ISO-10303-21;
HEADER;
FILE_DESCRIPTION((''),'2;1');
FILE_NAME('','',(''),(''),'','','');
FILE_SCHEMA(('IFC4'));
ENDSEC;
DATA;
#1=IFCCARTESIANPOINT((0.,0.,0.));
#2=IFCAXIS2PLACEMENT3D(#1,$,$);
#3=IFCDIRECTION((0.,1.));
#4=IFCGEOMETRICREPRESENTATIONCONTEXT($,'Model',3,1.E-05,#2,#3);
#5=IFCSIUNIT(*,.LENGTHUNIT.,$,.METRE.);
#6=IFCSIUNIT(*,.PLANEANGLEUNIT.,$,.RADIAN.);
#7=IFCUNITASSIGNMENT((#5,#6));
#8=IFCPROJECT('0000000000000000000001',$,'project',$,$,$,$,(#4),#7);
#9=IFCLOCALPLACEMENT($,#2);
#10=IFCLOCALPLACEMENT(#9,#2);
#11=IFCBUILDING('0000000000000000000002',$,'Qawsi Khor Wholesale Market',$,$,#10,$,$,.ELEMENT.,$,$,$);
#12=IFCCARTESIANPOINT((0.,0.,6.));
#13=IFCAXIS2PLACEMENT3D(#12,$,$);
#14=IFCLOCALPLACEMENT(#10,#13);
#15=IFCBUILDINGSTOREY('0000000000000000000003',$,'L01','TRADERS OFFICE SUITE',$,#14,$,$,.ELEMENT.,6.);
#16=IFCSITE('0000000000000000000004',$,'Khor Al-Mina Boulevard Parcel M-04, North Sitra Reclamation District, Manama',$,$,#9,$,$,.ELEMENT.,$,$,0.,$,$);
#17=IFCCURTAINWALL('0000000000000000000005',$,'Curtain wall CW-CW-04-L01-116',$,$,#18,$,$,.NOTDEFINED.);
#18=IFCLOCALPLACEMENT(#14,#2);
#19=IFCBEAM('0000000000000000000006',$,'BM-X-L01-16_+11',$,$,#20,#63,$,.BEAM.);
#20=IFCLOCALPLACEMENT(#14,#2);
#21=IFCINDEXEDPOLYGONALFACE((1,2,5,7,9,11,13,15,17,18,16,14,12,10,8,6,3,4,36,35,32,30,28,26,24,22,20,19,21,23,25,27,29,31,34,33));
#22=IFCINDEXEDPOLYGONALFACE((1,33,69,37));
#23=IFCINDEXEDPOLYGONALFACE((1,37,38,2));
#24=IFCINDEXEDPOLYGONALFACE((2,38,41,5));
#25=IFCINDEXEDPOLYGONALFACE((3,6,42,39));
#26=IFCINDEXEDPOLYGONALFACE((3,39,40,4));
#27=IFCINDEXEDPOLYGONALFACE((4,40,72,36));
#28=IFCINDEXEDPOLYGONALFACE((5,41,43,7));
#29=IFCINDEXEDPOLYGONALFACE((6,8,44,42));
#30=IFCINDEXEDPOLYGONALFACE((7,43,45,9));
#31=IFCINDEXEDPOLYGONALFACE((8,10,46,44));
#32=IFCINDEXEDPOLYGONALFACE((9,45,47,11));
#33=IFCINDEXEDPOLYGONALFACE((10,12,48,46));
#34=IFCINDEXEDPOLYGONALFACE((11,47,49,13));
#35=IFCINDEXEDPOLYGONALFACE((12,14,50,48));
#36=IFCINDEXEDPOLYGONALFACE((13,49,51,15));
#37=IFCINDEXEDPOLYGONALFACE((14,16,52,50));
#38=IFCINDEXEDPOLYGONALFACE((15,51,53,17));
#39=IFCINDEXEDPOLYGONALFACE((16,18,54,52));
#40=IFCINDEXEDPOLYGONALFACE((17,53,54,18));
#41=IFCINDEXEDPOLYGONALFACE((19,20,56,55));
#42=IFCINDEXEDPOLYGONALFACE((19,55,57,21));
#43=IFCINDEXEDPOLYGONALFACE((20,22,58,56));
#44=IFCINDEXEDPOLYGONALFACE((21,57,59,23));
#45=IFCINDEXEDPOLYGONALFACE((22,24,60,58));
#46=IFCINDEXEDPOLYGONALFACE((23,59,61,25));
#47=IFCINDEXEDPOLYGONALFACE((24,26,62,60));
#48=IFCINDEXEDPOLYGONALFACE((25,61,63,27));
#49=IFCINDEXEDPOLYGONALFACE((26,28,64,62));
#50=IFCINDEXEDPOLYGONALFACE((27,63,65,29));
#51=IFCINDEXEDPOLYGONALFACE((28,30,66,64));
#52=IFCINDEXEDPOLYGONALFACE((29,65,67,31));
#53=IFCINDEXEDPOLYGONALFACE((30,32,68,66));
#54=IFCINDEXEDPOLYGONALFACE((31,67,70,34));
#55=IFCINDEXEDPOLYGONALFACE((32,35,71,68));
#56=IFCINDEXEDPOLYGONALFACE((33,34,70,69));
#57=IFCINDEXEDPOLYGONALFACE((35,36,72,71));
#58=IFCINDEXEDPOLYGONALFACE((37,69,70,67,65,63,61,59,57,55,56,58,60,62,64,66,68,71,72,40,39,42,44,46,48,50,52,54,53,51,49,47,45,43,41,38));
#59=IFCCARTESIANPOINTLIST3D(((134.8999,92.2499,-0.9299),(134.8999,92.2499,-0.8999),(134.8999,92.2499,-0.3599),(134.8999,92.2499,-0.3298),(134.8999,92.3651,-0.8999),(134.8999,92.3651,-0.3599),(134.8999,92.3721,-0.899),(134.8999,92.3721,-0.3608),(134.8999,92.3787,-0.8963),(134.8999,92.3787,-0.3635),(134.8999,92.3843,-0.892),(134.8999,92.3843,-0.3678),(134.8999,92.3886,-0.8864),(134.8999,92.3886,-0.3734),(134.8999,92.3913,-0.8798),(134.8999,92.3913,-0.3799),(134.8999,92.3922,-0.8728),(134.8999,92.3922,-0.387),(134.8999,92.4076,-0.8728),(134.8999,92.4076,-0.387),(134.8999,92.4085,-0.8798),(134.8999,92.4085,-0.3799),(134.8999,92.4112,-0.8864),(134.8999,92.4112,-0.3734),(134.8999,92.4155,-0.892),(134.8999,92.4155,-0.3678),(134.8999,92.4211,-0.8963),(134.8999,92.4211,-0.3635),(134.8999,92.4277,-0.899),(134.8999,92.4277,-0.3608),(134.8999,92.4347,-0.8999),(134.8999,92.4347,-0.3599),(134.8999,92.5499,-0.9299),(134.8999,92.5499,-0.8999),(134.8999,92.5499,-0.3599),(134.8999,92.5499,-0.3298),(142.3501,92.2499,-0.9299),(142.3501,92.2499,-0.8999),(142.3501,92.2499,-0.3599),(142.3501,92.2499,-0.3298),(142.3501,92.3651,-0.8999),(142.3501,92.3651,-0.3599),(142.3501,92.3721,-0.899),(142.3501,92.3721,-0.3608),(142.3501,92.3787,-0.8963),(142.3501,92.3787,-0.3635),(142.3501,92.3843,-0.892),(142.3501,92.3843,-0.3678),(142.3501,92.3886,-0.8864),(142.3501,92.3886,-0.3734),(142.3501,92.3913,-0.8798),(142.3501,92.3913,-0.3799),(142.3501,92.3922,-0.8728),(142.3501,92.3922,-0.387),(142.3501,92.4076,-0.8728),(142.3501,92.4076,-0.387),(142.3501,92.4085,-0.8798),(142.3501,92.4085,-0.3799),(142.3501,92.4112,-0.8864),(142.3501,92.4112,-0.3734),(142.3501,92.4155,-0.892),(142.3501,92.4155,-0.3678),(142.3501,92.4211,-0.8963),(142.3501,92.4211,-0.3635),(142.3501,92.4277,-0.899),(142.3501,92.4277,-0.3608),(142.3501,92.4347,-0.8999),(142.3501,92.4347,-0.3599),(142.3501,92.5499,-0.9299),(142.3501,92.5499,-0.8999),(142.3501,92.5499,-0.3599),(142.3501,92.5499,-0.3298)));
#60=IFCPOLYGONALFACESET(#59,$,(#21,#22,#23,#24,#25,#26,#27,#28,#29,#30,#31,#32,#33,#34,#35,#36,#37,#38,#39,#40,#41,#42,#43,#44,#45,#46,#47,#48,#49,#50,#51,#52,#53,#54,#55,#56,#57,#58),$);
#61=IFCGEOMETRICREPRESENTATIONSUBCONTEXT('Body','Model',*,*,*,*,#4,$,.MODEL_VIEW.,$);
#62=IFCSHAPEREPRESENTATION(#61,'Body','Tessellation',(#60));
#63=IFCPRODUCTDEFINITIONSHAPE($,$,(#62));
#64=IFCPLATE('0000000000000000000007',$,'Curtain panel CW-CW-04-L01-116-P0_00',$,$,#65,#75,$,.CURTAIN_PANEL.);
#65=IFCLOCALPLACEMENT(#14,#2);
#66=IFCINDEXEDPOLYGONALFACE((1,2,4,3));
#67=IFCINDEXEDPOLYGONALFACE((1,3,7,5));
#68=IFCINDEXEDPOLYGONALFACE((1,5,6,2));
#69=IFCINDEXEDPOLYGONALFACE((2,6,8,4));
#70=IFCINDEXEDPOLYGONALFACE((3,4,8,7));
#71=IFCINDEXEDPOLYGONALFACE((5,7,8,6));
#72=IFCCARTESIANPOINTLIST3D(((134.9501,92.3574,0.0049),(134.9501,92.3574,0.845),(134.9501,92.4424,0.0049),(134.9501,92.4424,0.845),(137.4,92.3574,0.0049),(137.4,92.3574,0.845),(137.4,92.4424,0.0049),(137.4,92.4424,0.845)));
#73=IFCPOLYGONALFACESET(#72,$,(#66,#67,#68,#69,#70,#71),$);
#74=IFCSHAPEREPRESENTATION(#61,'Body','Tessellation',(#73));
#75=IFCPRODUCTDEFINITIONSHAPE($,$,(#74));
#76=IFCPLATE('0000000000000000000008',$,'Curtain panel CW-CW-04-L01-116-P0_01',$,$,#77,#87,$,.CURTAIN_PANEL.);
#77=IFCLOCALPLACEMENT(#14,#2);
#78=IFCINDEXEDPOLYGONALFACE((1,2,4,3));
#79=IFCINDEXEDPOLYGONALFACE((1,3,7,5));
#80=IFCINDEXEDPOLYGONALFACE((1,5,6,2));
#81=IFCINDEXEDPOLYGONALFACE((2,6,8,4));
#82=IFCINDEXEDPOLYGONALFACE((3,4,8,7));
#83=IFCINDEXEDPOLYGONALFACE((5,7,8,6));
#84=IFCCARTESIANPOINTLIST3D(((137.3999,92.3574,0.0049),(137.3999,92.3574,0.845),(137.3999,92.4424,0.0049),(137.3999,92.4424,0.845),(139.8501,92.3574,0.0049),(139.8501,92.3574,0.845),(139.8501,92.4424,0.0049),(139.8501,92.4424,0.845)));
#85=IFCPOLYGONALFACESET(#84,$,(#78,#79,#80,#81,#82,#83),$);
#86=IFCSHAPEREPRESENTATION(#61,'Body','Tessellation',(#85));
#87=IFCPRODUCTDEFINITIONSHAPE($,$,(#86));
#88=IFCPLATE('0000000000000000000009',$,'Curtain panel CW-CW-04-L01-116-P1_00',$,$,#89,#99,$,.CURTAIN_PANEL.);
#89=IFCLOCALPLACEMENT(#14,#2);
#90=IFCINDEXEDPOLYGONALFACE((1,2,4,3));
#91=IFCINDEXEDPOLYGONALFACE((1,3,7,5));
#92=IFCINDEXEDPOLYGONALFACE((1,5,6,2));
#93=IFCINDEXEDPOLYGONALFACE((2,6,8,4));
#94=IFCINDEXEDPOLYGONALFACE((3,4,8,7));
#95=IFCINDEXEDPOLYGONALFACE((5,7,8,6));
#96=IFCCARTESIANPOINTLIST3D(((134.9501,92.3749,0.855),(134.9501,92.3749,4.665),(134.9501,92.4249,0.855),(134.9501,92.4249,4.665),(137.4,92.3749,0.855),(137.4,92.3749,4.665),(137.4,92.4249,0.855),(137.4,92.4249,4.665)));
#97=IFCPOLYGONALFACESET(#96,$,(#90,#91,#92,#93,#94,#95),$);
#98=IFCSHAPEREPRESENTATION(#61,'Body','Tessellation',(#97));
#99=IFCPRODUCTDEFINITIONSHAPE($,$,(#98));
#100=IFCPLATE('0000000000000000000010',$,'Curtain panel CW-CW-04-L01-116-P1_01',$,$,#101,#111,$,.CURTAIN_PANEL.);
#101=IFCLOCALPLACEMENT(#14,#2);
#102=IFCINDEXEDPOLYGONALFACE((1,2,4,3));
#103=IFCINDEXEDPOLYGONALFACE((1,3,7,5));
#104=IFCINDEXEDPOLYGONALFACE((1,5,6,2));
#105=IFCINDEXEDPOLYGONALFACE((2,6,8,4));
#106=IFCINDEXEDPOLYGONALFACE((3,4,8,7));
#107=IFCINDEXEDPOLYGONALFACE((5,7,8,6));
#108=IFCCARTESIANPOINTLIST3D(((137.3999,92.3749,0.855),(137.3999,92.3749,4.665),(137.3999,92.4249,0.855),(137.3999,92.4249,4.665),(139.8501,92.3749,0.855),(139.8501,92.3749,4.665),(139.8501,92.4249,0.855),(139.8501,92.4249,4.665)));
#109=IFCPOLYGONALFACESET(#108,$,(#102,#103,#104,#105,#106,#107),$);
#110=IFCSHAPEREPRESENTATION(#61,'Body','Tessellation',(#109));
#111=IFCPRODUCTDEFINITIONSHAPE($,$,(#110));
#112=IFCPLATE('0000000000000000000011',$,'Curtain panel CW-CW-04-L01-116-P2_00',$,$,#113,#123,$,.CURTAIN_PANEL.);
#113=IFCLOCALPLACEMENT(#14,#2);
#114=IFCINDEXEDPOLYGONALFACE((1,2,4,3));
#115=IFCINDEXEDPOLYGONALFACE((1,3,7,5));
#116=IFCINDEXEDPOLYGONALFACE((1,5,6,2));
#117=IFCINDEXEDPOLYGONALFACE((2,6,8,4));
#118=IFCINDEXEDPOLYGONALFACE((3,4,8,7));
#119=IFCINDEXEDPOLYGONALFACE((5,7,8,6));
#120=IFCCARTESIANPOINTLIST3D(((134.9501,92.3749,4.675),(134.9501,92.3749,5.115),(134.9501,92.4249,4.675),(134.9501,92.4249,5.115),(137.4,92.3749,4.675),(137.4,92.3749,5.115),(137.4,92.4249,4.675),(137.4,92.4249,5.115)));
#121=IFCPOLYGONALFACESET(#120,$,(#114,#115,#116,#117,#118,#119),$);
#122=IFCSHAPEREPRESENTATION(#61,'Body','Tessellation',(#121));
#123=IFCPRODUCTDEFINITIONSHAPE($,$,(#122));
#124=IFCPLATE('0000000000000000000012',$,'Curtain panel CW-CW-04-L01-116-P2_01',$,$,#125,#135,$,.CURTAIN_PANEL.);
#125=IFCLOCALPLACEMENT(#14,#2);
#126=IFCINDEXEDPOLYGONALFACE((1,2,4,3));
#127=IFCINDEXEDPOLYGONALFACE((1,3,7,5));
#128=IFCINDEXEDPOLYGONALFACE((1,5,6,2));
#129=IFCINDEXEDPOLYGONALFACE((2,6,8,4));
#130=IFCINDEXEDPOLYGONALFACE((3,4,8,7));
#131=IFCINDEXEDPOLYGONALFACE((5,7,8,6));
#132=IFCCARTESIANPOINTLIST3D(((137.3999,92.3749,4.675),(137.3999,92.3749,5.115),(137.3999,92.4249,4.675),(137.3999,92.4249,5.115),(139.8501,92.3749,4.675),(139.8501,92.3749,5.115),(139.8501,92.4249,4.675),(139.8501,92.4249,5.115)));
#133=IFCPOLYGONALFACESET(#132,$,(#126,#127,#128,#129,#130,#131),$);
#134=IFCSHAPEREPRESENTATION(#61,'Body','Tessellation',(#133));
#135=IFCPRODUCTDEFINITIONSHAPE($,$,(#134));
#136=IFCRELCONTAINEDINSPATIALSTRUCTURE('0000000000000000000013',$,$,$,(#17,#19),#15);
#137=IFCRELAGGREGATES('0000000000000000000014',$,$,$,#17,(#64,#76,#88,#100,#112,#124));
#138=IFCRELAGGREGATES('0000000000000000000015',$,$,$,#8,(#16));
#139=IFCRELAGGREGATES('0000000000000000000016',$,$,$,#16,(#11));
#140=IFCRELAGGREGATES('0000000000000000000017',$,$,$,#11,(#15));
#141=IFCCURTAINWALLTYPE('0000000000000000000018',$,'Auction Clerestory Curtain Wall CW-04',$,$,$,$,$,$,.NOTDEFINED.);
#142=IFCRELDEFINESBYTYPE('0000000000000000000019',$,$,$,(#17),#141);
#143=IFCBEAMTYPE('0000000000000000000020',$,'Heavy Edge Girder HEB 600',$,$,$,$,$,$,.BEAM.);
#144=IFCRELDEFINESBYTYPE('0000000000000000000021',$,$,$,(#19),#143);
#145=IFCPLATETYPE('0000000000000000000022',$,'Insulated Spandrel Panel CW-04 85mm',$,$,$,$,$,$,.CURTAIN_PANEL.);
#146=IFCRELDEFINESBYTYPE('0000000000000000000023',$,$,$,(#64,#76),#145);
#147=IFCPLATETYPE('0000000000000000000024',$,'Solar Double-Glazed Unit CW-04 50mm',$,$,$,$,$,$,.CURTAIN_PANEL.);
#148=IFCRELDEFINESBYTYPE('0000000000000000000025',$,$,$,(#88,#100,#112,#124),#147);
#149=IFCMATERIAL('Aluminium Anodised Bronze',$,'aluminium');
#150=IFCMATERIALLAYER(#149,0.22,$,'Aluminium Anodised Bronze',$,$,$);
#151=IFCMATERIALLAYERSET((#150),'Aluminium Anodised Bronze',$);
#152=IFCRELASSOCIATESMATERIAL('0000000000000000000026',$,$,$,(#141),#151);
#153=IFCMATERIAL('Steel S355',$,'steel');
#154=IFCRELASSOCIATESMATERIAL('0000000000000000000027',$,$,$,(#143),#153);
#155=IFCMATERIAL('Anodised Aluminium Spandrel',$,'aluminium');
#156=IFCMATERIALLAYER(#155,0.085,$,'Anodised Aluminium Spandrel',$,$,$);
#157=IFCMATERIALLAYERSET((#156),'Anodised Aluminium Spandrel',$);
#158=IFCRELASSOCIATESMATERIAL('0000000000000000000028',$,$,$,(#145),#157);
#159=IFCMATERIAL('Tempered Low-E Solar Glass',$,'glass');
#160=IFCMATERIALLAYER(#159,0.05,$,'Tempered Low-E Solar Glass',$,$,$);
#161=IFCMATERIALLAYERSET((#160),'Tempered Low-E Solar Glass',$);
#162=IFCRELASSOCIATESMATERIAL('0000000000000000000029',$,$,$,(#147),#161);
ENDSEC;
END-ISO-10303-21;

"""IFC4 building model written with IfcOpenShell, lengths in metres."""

from ifc_helpers import new_model, si_unit, direction, frame, frame_2d, origin, origin_2d, place, context, subcontext, project, spatial, rectangle, i_section, extrude, material, layer, layer_set, material_profile, profile_set, type_object, element, aggregate, save


model = new_model("IFC4")

# Units and contexts
model_context = context("Model", 3, precision=1e-05, world=origin(), true_north=direction((0.0, 1.0)))
body_context = subcontext(model_context, "Body", "Model", "MODEL_VIEW")
ifc_project = project(units=[si_unit("LENGTHUNIT", "METRE"), si_unit("PLANEANGLEUNIT", "RADIAN")], contexts=[model_context])

# Site, building, storey
site_placement = place(None, origin())
site = spatial("IfcSite", under=ifc_project, at=site_placement, Name="Khor Al-Mina Boulevard Parcel M-04, North Sitra Reclamation District, Manama", CompositionType="ELEMENT", RefElevation=0.0)
building_placement = place(site_placement, origin())
building = spatial("IfcBuilding", under=site, at=building_placement, Name="Qawsi Khor Wholesale Market", CompositionType="ELEMENT")
storey_placement = place(building_placement, frame((0.0, 0.0, 6.0)))
storey = spatial("IfcBuildingStorey", under=building, at=storey_placement, Name="L01", Description="TRADERS OFFICE SUITE", CompositionType="ELEMENT", Elevation=6.0)

# Curtain wall
ifc_material_1 = material(Name="Aluminium Anodised Bronze", Category="aluminium")
ifc_layer_1 = layer(ifc_material_1, 0.22, Name="Aluminium Anodised Bronze")
ifc_layer_set_1 = layer_set([ifc_layer_1], Name="Aluminium Anodised Bronze")
curtain_wall_type = type_object("IfcCurtainWallType", Name="Auction Clerestory Curtain Wall CW-04", PredefinedType="NOTDEFINED", material=ifc_layer_set_1)
curtain_wall_placement = place(storey_placement, origin())
curtain_wall = element("IfcCurtainWall", 1, at=curtain_wall_placement, inside=storey, type_object=curtain_wall_type, Name="Curtain wall CW-CW-04-L01-116", PredefinedType="NOTDEFINED")

# Beam
ifc_material_2 = material(Name="Steel S355", Category="steel")
ifc_material_profile_1 = material_profile(ifc_material_2, i_section(OverallWidth=0.3, OverallDepth=0.6001, WebThickness=0.0154, FlangeThickness=0.03, FilletRadius=0.0271, at=origin_2d()), Name="HEB 600")
ifc_profile_set_1 = profile_set([ifc_material_profile_1], Name="Steel S355")
beam_type = type_object("IfcBeamType", Name="Heavy Edge Girder HEB 600", PredefinedType="BEAM", material=ifc_profile_set_1)
beam_placement = place(storey_placement, frame((134.8999, 92.3999, -0.6299), z_axis=(1.0, 0.0, 0.0), x_axis=(0.0, 1.0, 0.0)))
element("IfcBeam", 2, at=beam_placement, inside=storey, type_object=beam_type, Name="BM-X-L01-16_+11", PredefinedType="BEAM", context=body_context, shape_type="SweptSolid", body=[
    extrude(i_section(OverallWidth=0.3, OverallDepth=0.6001, WebThickness=0.0154, FlangeThickness=0.03, FilletRadius=0.0271, at=origin_2d()), origin(), (0.0, 0.0, 1.0), 7.4502),
])

# Plates
ifc_material_3 = material(Name="Anodised Aluminium Spandrel", Category="aluminium")
ifc_layer_2 = layer(ifc_material_3, 0.085, Name="Anodised Aluminium Spandrel")
ifc_layer_set_2 = layer_set([ifc_layer_2], Name="Anodised Aluminium Spandrel")
plate_type_1 = type_object("IfcPlateType", Name="Insulated Spandrel Panel CW-04 85mm", PredefinedType="CURTAIN_PANEL", material=ifc_layer_set_2)
plate_1_placement = place(storey_placement, frame((134.95, 92.3999, 0.0049), z_axis=(0.0, 0.0, 1.0), x_axis=(1.0, 0.0, 0.0)))
plate_1 = element("IfcPlate", 3, at=plate_1_placement, type_object=plate_type_1, Name="Curtain panel CW-CW-04-L01-116-P0_00", PredefinedType="CURTAIN_PANEL", context=body_context, shape_type="SweptSolid", body=[
    extrude(rectangle(XDim=2.45, YDim=0.085, at=frame_2d((1.2251, 0.0))), origin(), (0.0, 0.0, 1.0), 0.8401),
])
plate_2_placement = place(storey_placement, frame((137.3999, 92.3999, 0.0049), z_axis=(0.0, 0.0, 1.0), x_axis=(1.0, 0.0, 0.0)))
plate_2 = element("IfcPlate", 4, at=plate_2_placement, type_object=plate_type_1, Name="Curtain panel CW-CW-04-L01-116-P0_01", PredefinedType="CURTAIN_PANEL", context=body_context, shape_type="SweptSolid", body=[
    extrude(rectangle(XDim=2.4502, YDim=0.085, at=frame_2d((1.2251, 0.0))), origin(), (0.0, 0.0, 1.0), 0.8401),
])
ifc_material_4 = material(Name="Tempered Low-E Solar Glass", Category="glass")
ifc_layer_3 = layer(ifc_material_4, 0.05, Name="Tempered Low-E Solar Glass")
ifc_layer_set_3 = layer_set([ifc_layer_3], Name="Tempered Low-E Solar Glass")
plate_type_2 = type_object("IfcPlateType", Name="Solar Double-Glazed Unit CW-04 50mm", PredefinedType="CURTAIN_PANEL", material=ifc_layer_set_3)
plate_3_placement = place(storey_placement, frame((134.95, 92.3999, 0.855), z_axis=(0.0, 0.0, 1.0), x_axis=(1.0, 0.0, 0.0)))
plate_3 = element("IfcPlate", 5, at=plate_3_placement, type_object=plate_type_2, Name="Curtain panel CW-CW-04-L01-116-P1_00", PredefinedType="CURTAIN_PANEL", context=body_context, shape_type="SweptSolid", body=[
    extrude(rectangle(XDim=2.45, YDim=0.05, at=frame_2d((1.2251, 0.0))), origin(), (0.0, 0.0, 1.0), 3.8101),
])
plate_4_placement = place(storey_placement, frame((137.3999, 92.3999, 0.855), z_axis=(0.0, 0.0, 1.0), x_axis=(1.0, 0.0, 0.0)))
plate_4 = element("IfcPlate", 6, at=plate_4_placement, type_object=plate_type_2, Name="Curtain panel CW-CW-04-L01-116-P1_01", PredefinedType="CURTAIN_PANEL", context=body_context, shape_type="SweptSolid", body=[
    extrude(rectangle(XDim=2.4502, YDim=0.05, at=frame_2d((1.2251, 0.0))), origin(), (0.0, 0.0, 1.0), 3.8101),
])
plate_5_placement = place(storey_placement, frame((134.95, 92.3999, 4.675), z_axis=(0.0, 0.0, 1.0), x_axis=(1.0, 0.0, 0.0)))
plate_5 = element("IfcPlate", 7, at=plate_5_placement, type_object=plate_type_2, Name="Curtain panel CW-CW-04-L01-116-P2_00", PredefinedType="CURTAIN_PANEL", context=body_context, shape_type="SweptSolid", body=[
    extrude(rectangle(XDim=2.45, YDim=0.05, at=frame_2d((1.2251, 0.0))), origin(), (0.0, 0.0, 1.0), 0.4399),
])
plate_6_placement = place(storey_placement, frame((137.3999, 92.3999, 4.675), z_axis=(0.0, 0.0, 1.0), x_axis=(1.0, 0.0, 0.0)))
plate_6 = element("IfcPlate", 8, at=plate_6_placement, type_object=plate_type_2, Name="Curtain panel CW-CW-04-L01-116-P2_01", PredefinedType="CURTAIN_PANEL", context=body_context, shape_type="SweptSolid", body=[
    extrude(rectangle(XDim=2.4502, YDim=0.05, at=frame_2d((1.2251, 0.0))), origin(), (0.0, 0.0, 1.0), 0.4399),
])
aggregate(curtain_wall, [plate_1, plate_2, plate_3, plate_4, plate_5, plate_6])

save(model, "model.ifc")
